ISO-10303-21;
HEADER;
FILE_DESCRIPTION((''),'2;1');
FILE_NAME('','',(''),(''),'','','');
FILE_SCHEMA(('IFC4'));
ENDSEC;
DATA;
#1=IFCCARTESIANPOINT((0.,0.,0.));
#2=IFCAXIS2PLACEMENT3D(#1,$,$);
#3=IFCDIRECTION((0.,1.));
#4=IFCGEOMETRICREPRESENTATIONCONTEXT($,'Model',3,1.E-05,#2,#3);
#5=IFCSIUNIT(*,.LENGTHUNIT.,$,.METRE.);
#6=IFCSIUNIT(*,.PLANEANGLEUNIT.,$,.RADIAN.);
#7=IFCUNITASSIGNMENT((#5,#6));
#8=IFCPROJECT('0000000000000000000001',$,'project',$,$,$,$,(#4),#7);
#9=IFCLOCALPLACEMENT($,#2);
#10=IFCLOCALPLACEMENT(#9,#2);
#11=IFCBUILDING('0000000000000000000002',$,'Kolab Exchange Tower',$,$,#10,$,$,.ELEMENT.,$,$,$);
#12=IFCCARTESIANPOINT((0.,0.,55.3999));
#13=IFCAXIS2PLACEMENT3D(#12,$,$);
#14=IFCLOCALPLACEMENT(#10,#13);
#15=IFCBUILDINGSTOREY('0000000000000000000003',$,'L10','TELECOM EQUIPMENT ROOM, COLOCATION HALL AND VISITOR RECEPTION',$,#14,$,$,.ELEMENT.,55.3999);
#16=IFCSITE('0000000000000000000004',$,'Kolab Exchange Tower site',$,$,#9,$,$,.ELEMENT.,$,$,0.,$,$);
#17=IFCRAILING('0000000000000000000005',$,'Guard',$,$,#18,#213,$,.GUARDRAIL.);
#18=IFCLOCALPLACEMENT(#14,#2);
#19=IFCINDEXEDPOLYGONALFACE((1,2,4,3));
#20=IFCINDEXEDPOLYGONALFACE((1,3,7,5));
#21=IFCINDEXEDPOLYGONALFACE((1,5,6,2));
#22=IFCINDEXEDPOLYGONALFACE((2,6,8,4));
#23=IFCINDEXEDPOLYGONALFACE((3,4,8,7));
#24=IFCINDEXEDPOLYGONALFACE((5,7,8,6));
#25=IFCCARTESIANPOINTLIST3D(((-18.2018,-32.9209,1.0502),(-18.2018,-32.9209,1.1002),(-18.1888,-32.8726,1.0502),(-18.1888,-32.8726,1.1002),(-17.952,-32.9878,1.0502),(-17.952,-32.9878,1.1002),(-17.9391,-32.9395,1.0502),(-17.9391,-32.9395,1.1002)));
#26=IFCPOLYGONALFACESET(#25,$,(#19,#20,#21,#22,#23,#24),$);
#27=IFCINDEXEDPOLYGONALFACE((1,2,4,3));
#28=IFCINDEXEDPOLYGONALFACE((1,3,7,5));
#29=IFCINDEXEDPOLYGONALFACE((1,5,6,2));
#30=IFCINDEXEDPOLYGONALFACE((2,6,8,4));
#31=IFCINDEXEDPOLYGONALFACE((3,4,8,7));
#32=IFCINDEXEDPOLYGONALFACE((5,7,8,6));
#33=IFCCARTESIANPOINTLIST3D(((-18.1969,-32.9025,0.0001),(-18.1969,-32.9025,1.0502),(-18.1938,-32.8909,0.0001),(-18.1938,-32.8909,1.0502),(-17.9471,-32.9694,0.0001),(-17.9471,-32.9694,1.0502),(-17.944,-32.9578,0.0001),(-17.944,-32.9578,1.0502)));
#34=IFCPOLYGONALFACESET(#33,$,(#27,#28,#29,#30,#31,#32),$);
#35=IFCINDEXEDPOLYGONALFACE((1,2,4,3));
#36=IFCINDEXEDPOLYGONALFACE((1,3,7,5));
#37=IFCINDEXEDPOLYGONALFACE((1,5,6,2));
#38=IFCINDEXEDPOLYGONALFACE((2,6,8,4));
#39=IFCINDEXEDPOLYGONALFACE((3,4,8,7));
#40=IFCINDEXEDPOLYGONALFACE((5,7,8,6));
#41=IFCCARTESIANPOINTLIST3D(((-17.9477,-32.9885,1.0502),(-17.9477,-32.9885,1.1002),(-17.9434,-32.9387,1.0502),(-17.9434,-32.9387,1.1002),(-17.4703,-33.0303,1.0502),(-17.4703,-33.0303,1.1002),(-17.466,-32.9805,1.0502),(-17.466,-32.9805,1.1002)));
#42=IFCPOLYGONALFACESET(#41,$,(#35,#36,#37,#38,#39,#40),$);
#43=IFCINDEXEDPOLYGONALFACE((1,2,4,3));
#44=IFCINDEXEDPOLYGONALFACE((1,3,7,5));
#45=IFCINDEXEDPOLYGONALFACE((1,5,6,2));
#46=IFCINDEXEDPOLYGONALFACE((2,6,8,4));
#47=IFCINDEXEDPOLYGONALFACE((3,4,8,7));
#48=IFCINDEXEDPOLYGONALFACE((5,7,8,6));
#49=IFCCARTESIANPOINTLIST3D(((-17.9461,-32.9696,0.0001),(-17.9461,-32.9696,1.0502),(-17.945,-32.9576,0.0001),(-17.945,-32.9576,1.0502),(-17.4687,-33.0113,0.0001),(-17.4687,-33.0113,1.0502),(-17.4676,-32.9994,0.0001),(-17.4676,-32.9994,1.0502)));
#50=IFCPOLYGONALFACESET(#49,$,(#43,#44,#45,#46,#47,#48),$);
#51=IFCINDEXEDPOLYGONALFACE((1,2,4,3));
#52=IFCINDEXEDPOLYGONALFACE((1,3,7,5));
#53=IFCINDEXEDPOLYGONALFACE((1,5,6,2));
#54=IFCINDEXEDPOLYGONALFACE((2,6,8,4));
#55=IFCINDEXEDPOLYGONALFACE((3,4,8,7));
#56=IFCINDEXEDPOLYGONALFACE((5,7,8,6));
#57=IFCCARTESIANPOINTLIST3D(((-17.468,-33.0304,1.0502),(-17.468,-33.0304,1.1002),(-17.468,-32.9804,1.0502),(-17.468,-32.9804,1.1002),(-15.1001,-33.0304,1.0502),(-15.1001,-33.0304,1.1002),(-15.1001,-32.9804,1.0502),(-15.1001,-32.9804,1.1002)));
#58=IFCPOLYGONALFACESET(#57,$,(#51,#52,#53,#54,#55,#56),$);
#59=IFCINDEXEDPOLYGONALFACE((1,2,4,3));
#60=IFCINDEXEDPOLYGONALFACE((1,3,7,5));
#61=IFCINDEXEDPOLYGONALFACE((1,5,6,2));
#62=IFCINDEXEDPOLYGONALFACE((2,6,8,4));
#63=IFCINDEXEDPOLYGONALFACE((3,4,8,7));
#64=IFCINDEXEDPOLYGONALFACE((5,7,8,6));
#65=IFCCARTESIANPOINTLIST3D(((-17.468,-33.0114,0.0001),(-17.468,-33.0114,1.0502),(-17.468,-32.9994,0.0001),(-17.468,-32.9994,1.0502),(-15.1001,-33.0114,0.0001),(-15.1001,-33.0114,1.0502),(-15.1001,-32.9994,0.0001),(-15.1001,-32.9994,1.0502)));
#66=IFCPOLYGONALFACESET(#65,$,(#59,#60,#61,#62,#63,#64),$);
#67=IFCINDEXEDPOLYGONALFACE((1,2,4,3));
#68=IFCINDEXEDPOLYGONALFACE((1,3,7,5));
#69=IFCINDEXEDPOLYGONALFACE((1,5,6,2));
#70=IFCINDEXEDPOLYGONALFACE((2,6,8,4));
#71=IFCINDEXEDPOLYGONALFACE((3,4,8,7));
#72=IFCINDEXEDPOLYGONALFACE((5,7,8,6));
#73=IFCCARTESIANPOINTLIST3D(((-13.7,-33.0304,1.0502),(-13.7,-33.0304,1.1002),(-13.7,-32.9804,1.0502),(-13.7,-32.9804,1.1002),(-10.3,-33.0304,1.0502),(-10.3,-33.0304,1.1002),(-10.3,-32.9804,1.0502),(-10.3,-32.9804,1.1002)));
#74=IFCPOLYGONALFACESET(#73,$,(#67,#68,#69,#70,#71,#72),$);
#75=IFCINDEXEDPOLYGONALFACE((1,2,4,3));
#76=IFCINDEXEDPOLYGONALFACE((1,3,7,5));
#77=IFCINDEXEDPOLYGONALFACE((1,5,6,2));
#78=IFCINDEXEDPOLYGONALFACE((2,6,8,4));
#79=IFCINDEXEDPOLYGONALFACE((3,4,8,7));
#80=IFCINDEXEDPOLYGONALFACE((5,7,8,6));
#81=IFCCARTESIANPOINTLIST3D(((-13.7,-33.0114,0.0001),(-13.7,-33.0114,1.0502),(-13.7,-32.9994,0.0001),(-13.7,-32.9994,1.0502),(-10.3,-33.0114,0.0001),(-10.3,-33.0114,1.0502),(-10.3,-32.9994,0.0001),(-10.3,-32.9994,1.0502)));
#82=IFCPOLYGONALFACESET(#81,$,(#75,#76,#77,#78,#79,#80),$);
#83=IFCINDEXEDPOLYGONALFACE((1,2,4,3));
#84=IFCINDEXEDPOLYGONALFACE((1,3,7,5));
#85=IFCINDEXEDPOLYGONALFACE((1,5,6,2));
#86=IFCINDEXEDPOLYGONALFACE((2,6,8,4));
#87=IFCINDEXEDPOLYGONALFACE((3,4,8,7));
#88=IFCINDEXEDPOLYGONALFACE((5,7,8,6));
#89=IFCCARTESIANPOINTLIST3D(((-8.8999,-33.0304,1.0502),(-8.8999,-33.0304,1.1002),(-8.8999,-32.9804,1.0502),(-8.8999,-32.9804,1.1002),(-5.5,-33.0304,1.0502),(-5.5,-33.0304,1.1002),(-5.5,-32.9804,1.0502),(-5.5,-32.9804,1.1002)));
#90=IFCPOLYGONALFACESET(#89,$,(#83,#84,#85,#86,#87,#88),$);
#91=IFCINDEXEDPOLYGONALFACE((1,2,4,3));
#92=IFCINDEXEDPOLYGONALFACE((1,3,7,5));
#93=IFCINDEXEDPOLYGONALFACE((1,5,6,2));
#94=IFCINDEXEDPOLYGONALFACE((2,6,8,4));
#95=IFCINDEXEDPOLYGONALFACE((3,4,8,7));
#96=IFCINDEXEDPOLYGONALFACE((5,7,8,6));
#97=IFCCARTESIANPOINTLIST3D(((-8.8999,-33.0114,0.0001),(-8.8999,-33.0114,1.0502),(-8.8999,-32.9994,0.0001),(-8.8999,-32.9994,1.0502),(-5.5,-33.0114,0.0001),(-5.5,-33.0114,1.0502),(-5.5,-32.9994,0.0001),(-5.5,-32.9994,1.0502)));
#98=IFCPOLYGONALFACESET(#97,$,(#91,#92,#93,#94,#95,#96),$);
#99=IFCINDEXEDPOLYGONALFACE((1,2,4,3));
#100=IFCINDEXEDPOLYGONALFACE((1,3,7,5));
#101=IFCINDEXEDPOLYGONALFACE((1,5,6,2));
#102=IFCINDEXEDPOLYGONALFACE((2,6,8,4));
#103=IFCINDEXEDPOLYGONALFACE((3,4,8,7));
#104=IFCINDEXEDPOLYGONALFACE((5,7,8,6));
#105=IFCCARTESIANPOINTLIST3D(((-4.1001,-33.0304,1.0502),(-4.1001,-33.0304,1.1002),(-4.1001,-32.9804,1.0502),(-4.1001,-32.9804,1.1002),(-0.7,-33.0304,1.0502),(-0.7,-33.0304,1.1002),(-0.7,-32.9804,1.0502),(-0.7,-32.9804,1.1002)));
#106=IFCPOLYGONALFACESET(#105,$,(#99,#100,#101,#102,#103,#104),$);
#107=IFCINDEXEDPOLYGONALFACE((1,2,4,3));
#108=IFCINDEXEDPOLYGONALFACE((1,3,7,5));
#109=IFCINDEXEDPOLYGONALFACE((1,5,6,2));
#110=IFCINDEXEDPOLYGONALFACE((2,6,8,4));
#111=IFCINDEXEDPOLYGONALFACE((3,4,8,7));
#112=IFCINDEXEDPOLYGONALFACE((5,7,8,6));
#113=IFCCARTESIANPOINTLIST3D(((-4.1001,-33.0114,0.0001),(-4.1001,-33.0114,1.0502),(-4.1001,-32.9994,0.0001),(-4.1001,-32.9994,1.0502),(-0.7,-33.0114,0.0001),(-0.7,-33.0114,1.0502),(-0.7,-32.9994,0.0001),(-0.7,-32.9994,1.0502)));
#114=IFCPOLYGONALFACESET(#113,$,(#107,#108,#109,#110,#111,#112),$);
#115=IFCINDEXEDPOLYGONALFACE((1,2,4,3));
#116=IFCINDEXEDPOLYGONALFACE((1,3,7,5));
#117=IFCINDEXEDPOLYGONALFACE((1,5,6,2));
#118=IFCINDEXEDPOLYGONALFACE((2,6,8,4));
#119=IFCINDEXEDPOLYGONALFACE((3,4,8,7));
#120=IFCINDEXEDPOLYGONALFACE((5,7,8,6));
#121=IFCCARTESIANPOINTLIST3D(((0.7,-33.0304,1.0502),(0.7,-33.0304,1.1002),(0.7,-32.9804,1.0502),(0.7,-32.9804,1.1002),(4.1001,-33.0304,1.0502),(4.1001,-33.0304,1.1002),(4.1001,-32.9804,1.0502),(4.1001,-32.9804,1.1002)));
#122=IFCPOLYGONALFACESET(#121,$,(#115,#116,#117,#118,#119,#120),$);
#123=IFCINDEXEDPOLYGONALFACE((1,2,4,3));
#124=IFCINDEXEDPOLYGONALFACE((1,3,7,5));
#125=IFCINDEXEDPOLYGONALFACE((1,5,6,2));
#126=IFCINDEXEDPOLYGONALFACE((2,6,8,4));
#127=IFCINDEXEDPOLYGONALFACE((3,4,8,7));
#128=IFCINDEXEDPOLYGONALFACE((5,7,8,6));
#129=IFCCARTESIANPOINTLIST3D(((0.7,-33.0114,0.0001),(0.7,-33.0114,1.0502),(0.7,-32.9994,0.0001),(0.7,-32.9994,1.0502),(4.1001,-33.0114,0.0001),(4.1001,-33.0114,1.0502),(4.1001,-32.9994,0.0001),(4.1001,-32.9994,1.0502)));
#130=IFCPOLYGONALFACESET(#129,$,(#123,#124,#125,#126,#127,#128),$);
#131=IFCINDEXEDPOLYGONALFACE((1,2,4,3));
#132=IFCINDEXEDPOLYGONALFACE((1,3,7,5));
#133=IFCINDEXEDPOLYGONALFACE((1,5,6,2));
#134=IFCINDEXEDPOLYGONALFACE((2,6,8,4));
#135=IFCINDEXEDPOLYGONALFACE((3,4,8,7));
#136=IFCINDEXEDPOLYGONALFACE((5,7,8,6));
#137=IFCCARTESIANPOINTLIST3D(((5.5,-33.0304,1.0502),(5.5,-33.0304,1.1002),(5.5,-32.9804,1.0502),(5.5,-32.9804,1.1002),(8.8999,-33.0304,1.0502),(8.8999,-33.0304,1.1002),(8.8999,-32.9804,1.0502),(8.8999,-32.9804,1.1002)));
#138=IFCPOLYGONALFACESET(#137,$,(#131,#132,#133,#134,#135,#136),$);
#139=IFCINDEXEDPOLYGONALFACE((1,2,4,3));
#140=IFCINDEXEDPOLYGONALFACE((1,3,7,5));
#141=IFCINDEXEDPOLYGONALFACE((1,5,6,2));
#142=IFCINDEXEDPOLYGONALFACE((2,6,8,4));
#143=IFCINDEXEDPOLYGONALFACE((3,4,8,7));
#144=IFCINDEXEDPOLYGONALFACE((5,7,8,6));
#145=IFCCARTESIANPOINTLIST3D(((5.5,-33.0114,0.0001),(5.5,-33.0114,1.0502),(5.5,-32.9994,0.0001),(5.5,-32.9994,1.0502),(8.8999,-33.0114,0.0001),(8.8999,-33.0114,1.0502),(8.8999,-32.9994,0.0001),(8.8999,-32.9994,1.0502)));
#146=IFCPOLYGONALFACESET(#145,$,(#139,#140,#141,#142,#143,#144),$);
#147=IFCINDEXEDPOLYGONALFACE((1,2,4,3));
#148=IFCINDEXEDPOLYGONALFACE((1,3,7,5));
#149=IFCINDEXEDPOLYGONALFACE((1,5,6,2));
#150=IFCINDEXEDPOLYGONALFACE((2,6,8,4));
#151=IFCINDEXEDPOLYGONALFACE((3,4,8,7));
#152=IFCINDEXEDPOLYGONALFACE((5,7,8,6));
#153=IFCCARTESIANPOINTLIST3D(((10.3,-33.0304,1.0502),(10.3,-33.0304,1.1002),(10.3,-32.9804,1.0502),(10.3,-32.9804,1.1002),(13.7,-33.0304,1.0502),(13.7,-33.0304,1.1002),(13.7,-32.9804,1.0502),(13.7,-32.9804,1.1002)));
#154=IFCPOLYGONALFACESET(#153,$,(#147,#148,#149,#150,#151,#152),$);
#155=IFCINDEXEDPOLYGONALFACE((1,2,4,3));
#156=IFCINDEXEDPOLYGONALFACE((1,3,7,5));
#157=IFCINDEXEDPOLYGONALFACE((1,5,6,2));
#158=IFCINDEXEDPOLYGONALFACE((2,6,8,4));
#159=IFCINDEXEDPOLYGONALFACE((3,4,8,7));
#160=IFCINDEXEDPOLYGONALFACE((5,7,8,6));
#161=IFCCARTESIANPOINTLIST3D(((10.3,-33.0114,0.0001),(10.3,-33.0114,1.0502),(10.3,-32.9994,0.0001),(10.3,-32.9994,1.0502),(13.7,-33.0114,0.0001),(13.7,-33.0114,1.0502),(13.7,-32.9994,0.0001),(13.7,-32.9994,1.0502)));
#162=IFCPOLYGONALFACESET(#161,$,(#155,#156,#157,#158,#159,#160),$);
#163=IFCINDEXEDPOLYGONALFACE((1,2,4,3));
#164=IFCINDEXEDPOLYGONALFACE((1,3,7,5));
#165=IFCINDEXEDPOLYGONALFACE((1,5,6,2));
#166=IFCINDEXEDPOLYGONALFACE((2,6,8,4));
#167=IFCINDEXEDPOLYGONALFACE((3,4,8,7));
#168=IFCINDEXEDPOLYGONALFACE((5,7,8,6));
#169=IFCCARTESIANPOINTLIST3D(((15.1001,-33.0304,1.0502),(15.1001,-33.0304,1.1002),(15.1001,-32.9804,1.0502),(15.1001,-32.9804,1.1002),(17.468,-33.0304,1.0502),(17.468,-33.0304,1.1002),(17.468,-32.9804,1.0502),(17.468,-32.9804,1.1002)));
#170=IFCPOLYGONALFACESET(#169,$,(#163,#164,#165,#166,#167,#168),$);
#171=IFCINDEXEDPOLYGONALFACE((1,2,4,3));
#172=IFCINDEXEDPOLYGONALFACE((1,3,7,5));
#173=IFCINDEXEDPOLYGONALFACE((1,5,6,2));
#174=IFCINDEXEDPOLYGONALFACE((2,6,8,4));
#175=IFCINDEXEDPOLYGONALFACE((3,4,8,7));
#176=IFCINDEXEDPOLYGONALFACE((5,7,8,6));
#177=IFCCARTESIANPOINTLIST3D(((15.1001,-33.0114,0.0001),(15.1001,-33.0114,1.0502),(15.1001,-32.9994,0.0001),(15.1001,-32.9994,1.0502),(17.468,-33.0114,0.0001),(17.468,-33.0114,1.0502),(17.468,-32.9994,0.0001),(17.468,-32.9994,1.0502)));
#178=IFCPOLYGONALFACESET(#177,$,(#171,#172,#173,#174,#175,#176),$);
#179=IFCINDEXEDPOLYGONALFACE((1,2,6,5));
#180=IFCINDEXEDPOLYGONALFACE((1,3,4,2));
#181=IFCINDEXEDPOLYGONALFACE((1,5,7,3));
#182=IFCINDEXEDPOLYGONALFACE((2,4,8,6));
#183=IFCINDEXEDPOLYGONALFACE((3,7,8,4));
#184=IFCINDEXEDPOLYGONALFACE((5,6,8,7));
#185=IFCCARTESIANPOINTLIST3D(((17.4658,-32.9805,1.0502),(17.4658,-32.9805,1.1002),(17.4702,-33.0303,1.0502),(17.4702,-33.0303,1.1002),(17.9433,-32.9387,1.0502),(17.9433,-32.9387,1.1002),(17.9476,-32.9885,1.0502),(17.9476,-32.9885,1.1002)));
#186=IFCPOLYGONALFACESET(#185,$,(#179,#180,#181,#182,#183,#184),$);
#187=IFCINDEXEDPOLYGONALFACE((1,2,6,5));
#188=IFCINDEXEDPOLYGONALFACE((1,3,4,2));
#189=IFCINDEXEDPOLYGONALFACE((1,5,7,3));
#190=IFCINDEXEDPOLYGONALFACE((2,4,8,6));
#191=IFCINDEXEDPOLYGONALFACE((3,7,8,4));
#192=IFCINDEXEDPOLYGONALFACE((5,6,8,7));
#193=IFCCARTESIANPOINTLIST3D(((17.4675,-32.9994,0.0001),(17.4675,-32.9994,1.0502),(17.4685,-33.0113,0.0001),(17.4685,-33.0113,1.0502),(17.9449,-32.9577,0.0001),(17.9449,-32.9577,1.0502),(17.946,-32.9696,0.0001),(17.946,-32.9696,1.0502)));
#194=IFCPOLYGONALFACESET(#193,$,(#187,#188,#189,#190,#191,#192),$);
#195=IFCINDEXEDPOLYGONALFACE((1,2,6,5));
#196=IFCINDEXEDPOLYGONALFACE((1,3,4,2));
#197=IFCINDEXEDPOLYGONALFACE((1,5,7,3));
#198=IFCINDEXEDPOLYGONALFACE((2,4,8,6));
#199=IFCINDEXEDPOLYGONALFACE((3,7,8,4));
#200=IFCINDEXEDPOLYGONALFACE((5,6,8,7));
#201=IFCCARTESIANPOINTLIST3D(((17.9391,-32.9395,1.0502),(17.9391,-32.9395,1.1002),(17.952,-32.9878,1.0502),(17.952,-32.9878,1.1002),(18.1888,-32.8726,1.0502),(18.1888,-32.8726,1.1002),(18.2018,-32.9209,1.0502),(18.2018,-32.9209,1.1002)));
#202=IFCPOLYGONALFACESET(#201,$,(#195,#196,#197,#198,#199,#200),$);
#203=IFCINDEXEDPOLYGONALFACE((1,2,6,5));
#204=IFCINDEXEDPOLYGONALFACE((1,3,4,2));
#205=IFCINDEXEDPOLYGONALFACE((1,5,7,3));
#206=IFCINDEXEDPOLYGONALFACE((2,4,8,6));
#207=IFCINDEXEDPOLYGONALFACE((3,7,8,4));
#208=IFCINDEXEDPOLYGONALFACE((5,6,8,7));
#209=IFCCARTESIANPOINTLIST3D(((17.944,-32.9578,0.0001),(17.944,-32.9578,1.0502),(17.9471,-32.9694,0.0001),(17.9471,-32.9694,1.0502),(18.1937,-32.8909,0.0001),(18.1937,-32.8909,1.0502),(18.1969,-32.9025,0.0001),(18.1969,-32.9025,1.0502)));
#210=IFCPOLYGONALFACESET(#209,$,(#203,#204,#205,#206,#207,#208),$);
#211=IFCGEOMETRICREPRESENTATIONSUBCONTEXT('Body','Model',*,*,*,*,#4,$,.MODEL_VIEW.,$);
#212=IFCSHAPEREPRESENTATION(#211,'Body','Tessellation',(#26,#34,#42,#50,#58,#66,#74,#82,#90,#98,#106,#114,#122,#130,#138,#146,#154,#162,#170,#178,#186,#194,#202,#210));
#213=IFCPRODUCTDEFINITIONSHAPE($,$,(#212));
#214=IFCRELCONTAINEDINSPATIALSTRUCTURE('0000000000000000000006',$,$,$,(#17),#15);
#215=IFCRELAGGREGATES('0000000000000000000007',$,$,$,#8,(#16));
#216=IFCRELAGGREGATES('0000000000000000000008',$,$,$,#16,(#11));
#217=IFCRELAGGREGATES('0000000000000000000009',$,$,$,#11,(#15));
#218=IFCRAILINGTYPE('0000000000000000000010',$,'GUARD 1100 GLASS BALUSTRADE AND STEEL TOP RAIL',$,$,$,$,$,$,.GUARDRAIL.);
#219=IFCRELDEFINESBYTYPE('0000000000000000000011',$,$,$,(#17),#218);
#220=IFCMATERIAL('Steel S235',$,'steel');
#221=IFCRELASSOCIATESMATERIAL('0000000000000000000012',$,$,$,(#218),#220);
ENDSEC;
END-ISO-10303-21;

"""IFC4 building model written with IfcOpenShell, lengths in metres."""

from ifc_helpers import new_model, si_unit, direction, frame, frame_2d, origin, origin_2d, place, context, subcontext, project, spatial, rectangle, extrude, material, type_object, element, save


model = new_model("IFC4")

# Units and contexts
model_context = context("Model", 3, precision=1e-05, world=origin(), true_north=direction((0.0, 1.0)))
body_context = subcontext(model_context, "Body", "Model", "MODEL_VIEW")
ifc_project = project(units=[si_unit("LENGTHUNIT", "METRE"), si_unit("PLANEANGLEUNIT", "RADIAN")], contexts=[model_context])

# Site, building, storey
site_placement = place(None, origin())
site = spatial("IfcSite", under=ifc_project, at=site_placement, Name="Kolab Exchange Tower site", CompositionType="ELEMENT", RefElevation=0.0)
building_placement = place(site_placement, origin())
building = spatial("IfcBuilding", under=site, at=building_placement, Name="Kolab Exchange Tower", CompositionType="ELEMENT")
storey_placement = place(building_placement, frame((0.0, 0.0, 55.3999)))
storey = spatial("IfcBuildingStorey", under=building, at=storey_placement, Name="L10", Description="TELECOM EQUIPMENT ROOM, COLOCATION HALL AND VISITOR RECEPTION", CompositionType="ELEMENT", Elevation=55.3999)

# Railing
ifc_material_1 = material(Name="Steel S235", Category="steel")
railing_type = type_object("IfcRailingType", Name="GUARD 1100 GLASS BALUSTRADE AND STEEL TOP RAIL", PredefinedType="GUARDRAIL", material=ifc_material_1)
railing_placement = place(storey_placement, frame((-18.1953, -32.8967, 0.0)))
element("IfcRailing", 1, at=railing_placement, inside=storey, type_object=railing_type, Name="Guard", PredefinedType="GUARDRAIL", context=body_context, shape_type="SweptSolid", body=[
    extrude(rectangle(XDim=0.05, YDim=0.05, at=origin_2d()), frame((0.0, 0.0, 1.0752), z_axis=(0.965952, -0.25872, 0.0), x_axis=(0.25872, 0.965952, 0.0)), (0.0, 0.0, 1.0), 0.2585),
    extrude(rectangle(XDim=0.012, YDim=1.0501, at=frame_2d((0.0, 0.5251))), frame((0.0, 0.0, 0.0), z_axis=(0.965952, -0.25872, 0.0), x_axis=(0.25872, 0.965952, 0.0)), (0.0, 0.0, 1.0), 0.2585),
    extrude(rectangle(XDim=0.05, YDim=0.05, at=origin_2d()), frame((0.2498, -0.0669, 1.0752), z_axis=(0.9962, -0.087091, 0.0), x_axis=(0.087091, 0.9962, 0.0)), (0.0, 0.0, 1.0), 0.4792),
    extrude(rectangle(XDim=0.012, YDim=1.0501, at=frame_2d((0.0, 0.5251))), frame((0.2498, -0.0669, 0.0), z_axis=(0.9962, -0.087091, 0.0), x_axis=(0.087091, 0.9962, 0.0)), (0.0, 0.0, 1.0), 0.4792),
    extrude(rectangle(XDim=0.05, YDim=0.05, at=origin_2d()), frame((0.7273, -0.1086, 1.0752), z_axis=(1.0, 0.0, 0.0), x_axis=(0.0, 1.0, 0.0)), (0.0, 0.0, 1.0), 2.3679),
    extrude(rectangle(XDim=0.012, YDim=1.0501, at=frame_2d((0.0, 0.5251))), frame((0.7273, -0.1086, 0.0), z_axis=(1.0, 0.0, 0.0), x_axis=(0.0, 1.0, 0.0)), (0.0, 0.0, 1.0), 2.3679),
    extrude(rectangle(XDim=0.05, YDim=0.05, at=origin_2d()), frame((4.4954, -0.1086, 1.0752), z_axis=(1.0, 0.0, 0.0), x_axis=(0.0, 1.0, 0.0)), (0.0, 0.0, 1.0), 3.3999),
    extrude(rectangle(XDim=0.012, YDim=1.0501, at=frame_2d((0.0, 0.5251))), frame((4.4954, -0.1086, 0.0), z_axis=(1.0, 0.0, 0.0), x_axis=(0.0, 1.0, 0.0)), (0.0, 0.0, 1.0), 3.3999),
    extrude(rectangle(XDim=0.05, YDim=0.05, at=origin_2d()), frame((9.2954, -0.1086, 1.0752), z_axis=(1.0, 0.0, 0.0), x_axis=(0.0, 1.0, 0.0)), (0.0, 0.0, 1.0), 3.3999),
    extrude(rectangle(XDim=0.012, YDim=1.0501, at=frame_2d((0.0, 0.5251))), frame((9.2954, -0.1086, 0.0), z_axis=(1.0, 0.0, 0.0), x_axis=(0.0, 1.0, 0.0)), (0.0, 0.0, 1.0), 3.3999),
    extrude(rectangle(XDim=0.05, YDim=0.05, at=origin_2d()), frame((14.0952, -0.1086, 1.0752), z_axis=(1.0, 0.0, 0.0), x_axis=(0.0, 1.0, 0.0)), (0.0, 0.0, 1.0), 3.4001),
    extrude(rectangle(XDim=0.012, YDim=1.0501, at=frame_2d((0.0, 0.5251))), frame((14.0952, -0.1086, 0.0), z_axis=(1.0, 0.0, 0.0), x_axis=(0.0, 1.0, 0.0)), (0.0, 0.0, 1.0), 3.4001),
    extrude(rectangle(XDim=0.05, YDim=0.05, at=origin_2d()), frame((18.8953, -0.1086, 1.0752), z_axis=(1.0, 0.0, 0.0), x_axis=(0.0, 1.0, 0.0)), (0.0, 0.0, 1.0), 3.4001),
    extrude(rectangle(XDim=0.012, YDim=1.0501, at=frame_2d((0.0, 0.5251))), frame((18.8953, -0.1086, 0.0), z_axis=(1.0, 0.0, 0.0), x_axis=(0.0, 1.0, 0.0)), (0.0, 0.0, 1.0), 3.4001),
    extrude(rectangle(XDim=0.05, YDim=0.05, at=origin_2d()), frame((23.6953, -0.1086, 1.0752), z_axis=(1.0, 0.0, 0.0), x_axis=(0.0, 1.0, 0.0)), (0.0, 0.0, 1.0), 3.3999),
    extrude(rectangle(XDim=0.012, YDim=1.0501, at=frame_2d((0.0, 0.5251))), frame((23.6953, -0.1086, 0.0), z_axis=(1.0, 0.0, 0.0), x_axis=(0.0, 1.0, 0.0)), (0.0, 0.0, 1.0), 3.3999),
    extrude(rectangle(XDim=0.05, YDim=0.05, at=origin_2d()), frame((28.4954, -0.1086, 1.0752), z_axis=(1.0, 0.0, 0.0), x_axis=(0.0, 1.0, 0.0)), (0.0, 0.0, 1.0), 3.3999),
    extrude(rectangle(XDim=0.012, YDim=1.0501, at=frame_2d((0.0, 0.5251))), frame((28.4954, -0.1086, 0.0), z_axis=(1.0, 0.0, 0.0), x_axis=(0.0, 1.0, 0.0)), (0.0, 0.0, 1.0), 3.3999),
    extrude(rectangle(XDim=0.05, YDim=0.05, at=origin_2d()), frame((33.2954, -0.1086, 1.0752), z_axis=(1.0, 0.0, 0.0), x_axis=(0.0, 1.0, 0.0)), (0.0, 0.0, 1.0), 2.3679),
    extrude(rectangle(XDim=0.012, YDim=1.0501, at=frame_2d((0.0, 0.5251))), frame((33.2954, -0.1086, 0.0), z_axis=(1.0, 0.0, 0.0), x_axis=(0.0, 1.0, 0.0)), (0.0, 0.0, 1.0), 2.3679),
    extrude(rectangle(XDim=0.05, YDim=0.05, at=origin_2d()), frame((35.6633, -0.1086, 1.0752), z_axis=(0.9962, 0.087091, 0.0), x_axis=(-0.087091, 0.9962, 0.0)), (0.0, 0.0, 1.0), 0.4792),
    extrude(rectangle(XDim=0.012, YDim=1.0501, at=frame_2d((0.0, 0.5251))), frame((35.6633, -0.1086, 0.0), z_axis=(0.9962, 0.087091, 0.0), x_axis=(-0.087091, 0.9962, 0.0)), (0.0, 0.0, 1.0), 0.4792),
    extrude(rectangle(XDim=0.05, YDim=0.05, at=origin_2d()), frame((36.1409, -0.0669, 1.0752), z_axis=(0.965952, 0.25872, 0.0), x_axis=(-0.25872, 0.965952, 0.0)), (0.0, 0.0, 1.0), 0.2585),
    extrude(rectangle(XDim=0.012, YDim=1.0501, at=frame_2d((0.0, 0.5251))), frame((36.1409, -0.0669, 0.0), z_axis=(0.965952, 0.25872, 0.0), x_axis=(-0.25872, 0.965952, 0.0)), (0.0, 0.0, 1.0), 0.2585),
])

save(model, "model.ifc")
